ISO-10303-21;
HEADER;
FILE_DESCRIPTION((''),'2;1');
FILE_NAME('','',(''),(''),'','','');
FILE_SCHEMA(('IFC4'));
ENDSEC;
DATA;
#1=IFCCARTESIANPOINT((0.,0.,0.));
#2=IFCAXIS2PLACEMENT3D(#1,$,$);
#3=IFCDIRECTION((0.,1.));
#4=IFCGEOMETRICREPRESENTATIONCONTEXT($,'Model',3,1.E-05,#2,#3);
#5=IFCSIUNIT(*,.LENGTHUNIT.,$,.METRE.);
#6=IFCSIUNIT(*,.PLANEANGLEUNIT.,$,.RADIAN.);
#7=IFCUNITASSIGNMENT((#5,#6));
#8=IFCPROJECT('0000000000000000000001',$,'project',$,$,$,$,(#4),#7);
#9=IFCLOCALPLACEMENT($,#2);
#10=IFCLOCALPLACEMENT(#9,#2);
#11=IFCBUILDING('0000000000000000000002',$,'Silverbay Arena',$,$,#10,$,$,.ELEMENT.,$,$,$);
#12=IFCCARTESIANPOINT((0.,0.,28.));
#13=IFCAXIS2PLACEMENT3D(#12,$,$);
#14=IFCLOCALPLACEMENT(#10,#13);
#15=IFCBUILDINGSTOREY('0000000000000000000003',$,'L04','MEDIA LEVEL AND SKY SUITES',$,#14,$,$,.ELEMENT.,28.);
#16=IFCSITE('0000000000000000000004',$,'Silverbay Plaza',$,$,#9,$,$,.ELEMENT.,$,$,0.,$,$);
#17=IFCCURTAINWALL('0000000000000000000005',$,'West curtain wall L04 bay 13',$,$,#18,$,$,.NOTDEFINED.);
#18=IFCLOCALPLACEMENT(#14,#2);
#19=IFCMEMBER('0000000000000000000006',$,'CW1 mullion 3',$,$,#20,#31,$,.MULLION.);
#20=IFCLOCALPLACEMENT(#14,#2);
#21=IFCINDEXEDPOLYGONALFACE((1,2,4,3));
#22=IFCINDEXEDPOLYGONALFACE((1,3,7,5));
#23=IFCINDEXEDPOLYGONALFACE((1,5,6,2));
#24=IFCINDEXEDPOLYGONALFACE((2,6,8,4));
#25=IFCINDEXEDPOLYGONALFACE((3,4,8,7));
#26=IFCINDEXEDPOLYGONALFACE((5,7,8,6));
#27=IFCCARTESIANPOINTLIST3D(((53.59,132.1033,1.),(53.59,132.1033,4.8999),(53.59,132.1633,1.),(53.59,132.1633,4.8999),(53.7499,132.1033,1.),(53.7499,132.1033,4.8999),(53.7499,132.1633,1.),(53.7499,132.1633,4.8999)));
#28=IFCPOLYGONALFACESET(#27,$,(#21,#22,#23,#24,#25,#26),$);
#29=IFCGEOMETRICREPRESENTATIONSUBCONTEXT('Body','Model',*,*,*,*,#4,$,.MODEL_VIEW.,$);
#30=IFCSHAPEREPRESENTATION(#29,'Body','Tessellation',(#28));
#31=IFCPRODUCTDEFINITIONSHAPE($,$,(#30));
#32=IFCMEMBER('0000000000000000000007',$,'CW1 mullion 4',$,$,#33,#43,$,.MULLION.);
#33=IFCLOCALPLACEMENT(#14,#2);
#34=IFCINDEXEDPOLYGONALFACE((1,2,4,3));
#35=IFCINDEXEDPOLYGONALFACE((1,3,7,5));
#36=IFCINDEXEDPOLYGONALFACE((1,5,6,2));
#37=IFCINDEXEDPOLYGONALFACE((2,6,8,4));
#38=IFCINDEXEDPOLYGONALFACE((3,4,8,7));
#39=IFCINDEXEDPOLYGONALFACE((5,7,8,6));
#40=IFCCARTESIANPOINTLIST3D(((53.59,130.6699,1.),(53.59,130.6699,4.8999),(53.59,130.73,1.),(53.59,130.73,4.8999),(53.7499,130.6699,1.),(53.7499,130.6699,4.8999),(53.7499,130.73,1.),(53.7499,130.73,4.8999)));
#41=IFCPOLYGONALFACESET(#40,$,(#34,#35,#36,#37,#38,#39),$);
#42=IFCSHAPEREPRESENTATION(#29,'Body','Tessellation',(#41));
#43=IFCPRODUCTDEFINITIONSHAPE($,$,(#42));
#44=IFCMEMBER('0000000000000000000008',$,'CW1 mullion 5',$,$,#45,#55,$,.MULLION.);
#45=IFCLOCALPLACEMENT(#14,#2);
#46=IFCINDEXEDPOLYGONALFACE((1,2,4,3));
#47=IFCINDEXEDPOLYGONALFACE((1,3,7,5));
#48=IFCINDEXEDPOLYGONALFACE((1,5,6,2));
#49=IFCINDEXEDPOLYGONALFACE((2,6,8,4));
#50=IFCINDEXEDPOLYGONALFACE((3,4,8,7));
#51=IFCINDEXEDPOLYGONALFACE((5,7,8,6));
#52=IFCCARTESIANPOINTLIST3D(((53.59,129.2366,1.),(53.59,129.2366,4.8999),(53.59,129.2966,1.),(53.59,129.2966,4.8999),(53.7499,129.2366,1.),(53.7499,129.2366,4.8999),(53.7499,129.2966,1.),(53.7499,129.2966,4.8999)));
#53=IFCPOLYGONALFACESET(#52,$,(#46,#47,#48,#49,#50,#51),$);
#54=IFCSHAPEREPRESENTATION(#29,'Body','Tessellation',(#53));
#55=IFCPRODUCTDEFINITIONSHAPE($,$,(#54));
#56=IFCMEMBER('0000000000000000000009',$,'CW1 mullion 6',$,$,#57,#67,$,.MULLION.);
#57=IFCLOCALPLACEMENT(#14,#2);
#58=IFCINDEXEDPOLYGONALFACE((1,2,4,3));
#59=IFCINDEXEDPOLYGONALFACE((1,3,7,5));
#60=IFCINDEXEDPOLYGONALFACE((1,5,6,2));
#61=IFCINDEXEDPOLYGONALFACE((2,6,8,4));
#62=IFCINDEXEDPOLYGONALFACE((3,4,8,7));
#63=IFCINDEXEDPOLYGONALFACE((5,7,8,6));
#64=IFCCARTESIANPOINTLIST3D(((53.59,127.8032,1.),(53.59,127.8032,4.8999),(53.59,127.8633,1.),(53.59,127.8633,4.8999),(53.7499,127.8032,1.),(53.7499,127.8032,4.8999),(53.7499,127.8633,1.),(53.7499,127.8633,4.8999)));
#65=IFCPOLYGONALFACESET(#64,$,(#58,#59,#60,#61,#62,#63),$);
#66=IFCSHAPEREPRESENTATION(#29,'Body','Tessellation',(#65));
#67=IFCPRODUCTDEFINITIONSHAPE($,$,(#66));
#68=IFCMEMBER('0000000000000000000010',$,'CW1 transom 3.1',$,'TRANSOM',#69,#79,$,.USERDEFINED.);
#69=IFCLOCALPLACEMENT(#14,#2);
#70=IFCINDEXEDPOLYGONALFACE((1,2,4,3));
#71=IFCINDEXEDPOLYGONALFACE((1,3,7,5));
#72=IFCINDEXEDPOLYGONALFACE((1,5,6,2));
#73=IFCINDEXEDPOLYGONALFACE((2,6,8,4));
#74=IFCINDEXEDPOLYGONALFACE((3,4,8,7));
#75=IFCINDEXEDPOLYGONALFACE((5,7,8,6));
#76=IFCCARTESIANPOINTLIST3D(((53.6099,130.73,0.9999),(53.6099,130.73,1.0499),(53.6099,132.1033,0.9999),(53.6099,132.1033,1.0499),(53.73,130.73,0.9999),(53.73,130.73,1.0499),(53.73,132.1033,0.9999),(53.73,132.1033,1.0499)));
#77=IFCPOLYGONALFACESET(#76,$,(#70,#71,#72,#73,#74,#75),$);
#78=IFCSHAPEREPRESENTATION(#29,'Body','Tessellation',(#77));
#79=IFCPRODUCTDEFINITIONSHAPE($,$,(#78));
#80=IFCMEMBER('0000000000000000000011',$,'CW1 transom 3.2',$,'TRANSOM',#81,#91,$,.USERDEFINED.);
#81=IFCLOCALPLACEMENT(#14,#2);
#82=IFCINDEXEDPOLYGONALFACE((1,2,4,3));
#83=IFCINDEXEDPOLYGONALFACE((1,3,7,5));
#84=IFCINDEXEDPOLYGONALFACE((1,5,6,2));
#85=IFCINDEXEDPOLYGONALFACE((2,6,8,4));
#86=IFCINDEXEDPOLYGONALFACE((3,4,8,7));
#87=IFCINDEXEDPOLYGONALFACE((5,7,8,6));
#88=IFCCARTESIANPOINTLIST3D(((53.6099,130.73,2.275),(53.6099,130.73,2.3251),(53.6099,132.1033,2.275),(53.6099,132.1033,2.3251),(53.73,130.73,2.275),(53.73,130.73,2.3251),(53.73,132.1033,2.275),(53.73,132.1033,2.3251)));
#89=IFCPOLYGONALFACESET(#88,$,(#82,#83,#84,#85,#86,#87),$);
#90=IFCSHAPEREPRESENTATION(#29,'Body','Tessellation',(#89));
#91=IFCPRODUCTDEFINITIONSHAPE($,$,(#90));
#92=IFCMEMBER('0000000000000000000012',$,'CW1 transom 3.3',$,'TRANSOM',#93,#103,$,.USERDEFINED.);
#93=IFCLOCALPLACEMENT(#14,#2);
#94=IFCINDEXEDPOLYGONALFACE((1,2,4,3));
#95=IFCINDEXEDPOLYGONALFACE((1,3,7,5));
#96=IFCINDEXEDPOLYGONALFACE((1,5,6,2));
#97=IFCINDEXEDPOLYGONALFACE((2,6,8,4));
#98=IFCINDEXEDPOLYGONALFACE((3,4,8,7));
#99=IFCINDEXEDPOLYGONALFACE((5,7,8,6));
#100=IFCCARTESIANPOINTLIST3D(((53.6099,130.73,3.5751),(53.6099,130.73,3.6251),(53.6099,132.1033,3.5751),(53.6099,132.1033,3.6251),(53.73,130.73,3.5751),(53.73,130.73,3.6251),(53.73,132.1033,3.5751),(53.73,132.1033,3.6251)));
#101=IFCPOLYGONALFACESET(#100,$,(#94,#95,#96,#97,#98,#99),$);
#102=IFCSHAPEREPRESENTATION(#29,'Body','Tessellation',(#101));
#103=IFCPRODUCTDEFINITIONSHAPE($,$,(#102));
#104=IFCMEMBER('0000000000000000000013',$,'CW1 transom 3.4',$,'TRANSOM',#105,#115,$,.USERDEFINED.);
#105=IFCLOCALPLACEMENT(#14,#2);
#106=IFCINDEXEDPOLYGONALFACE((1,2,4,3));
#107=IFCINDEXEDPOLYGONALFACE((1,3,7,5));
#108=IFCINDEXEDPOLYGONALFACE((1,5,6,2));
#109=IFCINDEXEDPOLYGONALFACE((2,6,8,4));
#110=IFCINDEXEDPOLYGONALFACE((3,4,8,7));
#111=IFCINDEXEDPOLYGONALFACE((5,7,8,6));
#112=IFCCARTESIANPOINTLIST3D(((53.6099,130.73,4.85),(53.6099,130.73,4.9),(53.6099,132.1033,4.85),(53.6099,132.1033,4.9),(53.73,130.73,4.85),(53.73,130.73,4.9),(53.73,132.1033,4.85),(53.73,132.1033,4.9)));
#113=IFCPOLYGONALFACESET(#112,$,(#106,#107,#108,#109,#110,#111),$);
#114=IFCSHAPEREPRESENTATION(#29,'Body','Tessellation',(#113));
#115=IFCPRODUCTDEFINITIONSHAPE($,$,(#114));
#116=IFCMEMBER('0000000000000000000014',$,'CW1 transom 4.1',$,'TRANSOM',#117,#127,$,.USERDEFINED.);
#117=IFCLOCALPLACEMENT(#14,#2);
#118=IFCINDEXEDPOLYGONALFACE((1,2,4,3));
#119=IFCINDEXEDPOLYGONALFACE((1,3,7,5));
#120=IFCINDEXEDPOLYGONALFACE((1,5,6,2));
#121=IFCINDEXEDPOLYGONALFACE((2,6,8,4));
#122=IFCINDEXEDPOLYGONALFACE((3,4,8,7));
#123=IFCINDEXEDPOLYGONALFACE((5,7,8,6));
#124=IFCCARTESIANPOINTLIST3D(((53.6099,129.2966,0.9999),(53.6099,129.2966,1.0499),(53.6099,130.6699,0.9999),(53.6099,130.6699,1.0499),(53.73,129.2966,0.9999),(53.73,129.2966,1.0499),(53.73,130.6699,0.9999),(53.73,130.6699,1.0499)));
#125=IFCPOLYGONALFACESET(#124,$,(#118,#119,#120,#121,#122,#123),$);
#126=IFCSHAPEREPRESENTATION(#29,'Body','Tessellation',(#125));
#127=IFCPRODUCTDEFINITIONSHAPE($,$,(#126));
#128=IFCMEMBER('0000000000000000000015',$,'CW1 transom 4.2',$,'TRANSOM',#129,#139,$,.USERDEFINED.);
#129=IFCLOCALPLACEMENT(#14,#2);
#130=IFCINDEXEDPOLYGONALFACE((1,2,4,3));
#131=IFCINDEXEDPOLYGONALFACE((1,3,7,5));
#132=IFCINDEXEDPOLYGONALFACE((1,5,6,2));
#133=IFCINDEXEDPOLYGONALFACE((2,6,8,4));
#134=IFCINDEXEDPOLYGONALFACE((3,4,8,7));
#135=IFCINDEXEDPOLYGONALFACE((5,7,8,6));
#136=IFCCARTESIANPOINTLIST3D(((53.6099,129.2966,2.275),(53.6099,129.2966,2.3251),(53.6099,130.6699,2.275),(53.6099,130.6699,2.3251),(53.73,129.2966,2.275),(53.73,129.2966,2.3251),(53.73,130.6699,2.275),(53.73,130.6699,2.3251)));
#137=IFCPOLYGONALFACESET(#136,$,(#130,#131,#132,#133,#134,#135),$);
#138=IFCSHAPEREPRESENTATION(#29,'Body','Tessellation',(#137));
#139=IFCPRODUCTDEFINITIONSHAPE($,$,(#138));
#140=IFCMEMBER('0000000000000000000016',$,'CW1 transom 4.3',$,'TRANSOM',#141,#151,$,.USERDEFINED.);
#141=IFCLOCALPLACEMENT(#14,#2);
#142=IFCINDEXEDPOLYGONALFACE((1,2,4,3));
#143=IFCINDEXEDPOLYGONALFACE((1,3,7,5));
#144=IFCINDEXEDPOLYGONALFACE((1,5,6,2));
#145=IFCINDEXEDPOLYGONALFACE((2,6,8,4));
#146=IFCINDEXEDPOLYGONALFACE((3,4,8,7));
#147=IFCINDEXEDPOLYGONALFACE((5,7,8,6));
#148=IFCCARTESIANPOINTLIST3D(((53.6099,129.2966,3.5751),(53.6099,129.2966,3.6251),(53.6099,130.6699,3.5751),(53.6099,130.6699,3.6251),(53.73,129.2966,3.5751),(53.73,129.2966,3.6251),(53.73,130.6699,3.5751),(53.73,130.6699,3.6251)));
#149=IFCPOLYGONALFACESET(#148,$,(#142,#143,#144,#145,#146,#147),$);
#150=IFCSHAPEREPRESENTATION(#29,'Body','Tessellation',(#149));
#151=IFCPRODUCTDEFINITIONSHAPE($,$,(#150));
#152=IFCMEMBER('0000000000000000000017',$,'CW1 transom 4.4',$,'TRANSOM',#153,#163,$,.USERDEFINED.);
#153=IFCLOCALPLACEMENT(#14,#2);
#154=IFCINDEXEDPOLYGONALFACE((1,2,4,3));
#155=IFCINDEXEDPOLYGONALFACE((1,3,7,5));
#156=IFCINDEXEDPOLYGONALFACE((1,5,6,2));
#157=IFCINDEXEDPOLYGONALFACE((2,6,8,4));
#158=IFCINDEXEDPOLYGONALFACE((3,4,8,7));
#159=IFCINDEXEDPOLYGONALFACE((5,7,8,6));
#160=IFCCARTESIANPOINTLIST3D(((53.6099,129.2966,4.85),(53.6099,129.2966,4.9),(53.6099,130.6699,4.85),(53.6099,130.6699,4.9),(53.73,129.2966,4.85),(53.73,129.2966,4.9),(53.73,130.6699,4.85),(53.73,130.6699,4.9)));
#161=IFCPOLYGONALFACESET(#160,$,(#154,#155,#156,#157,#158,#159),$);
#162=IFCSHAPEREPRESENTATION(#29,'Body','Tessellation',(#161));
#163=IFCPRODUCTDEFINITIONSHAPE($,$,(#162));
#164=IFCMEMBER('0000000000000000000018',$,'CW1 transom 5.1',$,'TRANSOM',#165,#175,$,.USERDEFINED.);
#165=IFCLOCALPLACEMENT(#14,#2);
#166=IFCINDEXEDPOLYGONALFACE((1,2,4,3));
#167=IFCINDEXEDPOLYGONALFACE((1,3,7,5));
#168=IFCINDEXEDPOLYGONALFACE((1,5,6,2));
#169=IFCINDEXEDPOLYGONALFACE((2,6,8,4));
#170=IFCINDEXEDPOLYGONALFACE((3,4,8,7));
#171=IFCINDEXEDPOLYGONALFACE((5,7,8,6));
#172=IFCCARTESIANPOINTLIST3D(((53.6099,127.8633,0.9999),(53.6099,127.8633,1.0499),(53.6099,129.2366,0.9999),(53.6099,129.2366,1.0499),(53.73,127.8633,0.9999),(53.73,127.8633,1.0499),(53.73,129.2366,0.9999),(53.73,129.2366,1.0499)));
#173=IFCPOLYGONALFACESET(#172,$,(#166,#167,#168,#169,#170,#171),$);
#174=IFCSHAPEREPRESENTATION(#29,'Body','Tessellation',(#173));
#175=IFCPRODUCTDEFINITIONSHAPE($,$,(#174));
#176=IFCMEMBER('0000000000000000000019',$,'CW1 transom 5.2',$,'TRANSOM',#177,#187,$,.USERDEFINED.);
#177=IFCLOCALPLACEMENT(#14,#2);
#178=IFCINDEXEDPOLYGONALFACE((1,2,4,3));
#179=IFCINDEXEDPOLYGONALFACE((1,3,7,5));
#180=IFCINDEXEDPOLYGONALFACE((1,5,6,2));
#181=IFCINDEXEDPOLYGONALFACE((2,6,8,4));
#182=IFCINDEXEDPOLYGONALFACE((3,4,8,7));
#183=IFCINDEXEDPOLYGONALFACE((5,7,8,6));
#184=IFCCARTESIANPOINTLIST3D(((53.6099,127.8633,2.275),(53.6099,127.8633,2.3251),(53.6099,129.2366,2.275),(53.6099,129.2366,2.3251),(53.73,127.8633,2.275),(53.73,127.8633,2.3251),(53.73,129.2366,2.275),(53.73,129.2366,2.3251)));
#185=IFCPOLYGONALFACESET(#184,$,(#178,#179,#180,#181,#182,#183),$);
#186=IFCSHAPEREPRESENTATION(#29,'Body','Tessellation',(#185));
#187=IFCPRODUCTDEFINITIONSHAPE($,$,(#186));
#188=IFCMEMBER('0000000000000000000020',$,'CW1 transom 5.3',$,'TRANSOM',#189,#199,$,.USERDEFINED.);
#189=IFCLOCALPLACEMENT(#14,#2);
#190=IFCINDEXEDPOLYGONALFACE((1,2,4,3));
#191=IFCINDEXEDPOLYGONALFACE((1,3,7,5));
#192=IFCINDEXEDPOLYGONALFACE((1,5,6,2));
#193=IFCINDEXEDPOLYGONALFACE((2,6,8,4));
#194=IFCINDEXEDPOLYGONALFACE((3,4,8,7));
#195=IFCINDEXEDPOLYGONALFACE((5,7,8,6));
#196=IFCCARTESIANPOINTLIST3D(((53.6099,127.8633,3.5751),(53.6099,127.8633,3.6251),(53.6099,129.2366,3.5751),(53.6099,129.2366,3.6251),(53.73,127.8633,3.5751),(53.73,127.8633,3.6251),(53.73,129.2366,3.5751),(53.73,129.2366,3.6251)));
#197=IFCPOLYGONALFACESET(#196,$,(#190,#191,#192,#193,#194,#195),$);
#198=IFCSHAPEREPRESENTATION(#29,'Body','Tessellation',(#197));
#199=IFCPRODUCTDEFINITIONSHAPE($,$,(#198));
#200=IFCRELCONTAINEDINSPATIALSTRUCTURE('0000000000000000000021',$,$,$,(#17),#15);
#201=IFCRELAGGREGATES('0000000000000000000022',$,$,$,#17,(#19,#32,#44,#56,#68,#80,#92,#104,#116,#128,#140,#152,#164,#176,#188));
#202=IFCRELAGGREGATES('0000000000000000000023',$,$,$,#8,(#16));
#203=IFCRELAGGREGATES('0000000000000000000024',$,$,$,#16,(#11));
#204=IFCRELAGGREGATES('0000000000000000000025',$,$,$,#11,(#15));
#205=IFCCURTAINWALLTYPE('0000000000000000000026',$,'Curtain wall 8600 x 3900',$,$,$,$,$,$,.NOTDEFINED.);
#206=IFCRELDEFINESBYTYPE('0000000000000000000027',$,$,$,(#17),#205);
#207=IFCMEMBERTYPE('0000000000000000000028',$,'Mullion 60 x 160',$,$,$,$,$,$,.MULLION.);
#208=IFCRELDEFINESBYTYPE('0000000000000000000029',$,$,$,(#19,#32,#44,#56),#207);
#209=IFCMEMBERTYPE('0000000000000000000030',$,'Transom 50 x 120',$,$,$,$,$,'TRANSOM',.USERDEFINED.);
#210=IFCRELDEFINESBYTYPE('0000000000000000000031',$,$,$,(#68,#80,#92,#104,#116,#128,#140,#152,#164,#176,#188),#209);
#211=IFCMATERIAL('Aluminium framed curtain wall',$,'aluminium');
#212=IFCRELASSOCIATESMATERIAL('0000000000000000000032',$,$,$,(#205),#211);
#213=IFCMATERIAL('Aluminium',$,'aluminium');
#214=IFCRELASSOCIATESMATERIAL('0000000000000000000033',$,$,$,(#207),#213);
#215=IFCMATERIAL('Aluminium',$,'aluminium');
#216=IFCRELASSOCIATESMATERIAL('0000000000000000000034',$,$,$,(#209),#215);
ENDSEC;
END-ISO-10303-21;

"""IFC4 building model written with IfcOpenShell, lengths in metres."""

from ifc_helpers import new_model, si_unit, direction, frame, origin, origin_2d, place, context, subcontext, project, spatial, rectangle, extrude, material, material_profile, profile_set, type_object, element, aggregate, save


model = new_model("IFC4")

# Units and contexts
model_context = context("Model", 3, precision=1e-05, world=origin(), true_north=direction((0.0, 1.0)))
body_context = subcontext(model_context, "Body", "Model", "MODEL_VIEW")
ifc_project = project(units=[si_unit("LENGTHUNIT", "METRE"), si_unit("PLANEANGLEUNIT", "RADIAN")], contexts=[model_context])

# Site, building, storey
site_placement = place(None, origin())
site = spatial("IfcSite", under=ifc_project, at=site_placement, Name="Silverbay Plaza", CompositionType="ELEMENT", RefElevation=0.0)
building_placement = place(site_placement, origin())
building = spatial("IfcBuilding", under=site, at=building_placement, Name="Silverbay Arena", CompositionType="ELEMENT")
storey_placement = place(building_placement, frame((0.0, 0.0, 28.0)))
storey = spatial("IfcBuildingStorey", under=building, at=storey_placement, Name="L04", Description="MEDIA LEVEL AND SKY SUITES", CompositionType="ELEMENT", Elevation=28.0)

# Curtain wall, members
ifc_material_1 = material(Name="Aluminium framed curtain wall", Category="aluminium")
curtain_wall_type = type_object("IfcCurtainWallType", Name="Curtain wall 8600 x 3900", PredefinedType="NOTDEFINED", material=ifc_material_1)
curtain_wall_placement = place(storey_placement, origin())
curtain_wall = element("IfcCurtainWall", 1, at=curtain_wall_placement, inside=storey, type_object=curtain_wall_type, Name="West curtain wall L04 bay 13", PredefinedType="NOTDEFINED")
ifc_material_2 = material(Name="Aluminium", Category="aluminium")
ifc_material_profile_1 = material_profile(ifc_material_2, rectangle(XDim=0.1599, YDim=0.0601, at=origin_2d()), Name="Mullion 60 x 160")
ifc_profile_set_1 = profile_set([ifc_material_profile_1], Name="Aluminium")
member_type_1 = type_object("IfcMemberType", Name="Mullion 60 x 160", PredefinedType="MULLION", material=ifc_profile_set_1)
member_1_placement = place(storey_placement, frame((53.6699, 132.1333, 1.0), z_axis=(0.0, 0.0, 1.0), x_axis=(1.0, 0.0, 0.0)))
member_1 = element("IfcMember", 2, at=member_1_placement, type_object=member_type_1, Name="CW1 mullion 3", PredefinedType="MULLION", context=body_context, shape_type="SweptSolid", body=[
    extrude(rectangle(XDim=0.1599, YDim=0.0601, at=origin_2d()), origin(), (0.0, 0.0, 1.0), 3.8999),
])
member_2_placement = place(storey_placement, frame((53.6699, 130.7, 1.0), z_axis=(0.0, 0.0, 1.0), x_axis=(1.0, 0.0, 0.0)))
member_2 = element("IfcMember", 3, at=member_2_placement, type_object=member_type_1, Name="CW1 mullion 4", PredefinedType="MULLION", context=body_context, shape_type="SweptSolid", body=[
    extrude(rectangle(XDim=0.1599, YDim=0.0601, at=origin_2d()), origin(), (0.0, 0.0, 1.0), 3.8999),
])
member_3_placement = place(storey_placement, frame((53.6699, 129.2666, 1.0), z_axis=(0.0, 0.0, 1.0), x_axis=(1.0, 0.0, 0.0)))
member_3 = element("IfcMember", 4, at=member_3_placement, type_object=member_type_1, Name="CW1 mullion 5", PredefinedType="MULLION", context=body_context, shape_type="SweptSolid", body=[
    extrude(rectangle(XDim=0.1599, YDim=0.0601, at=origin_2d()), origin(), (0.0, 0.0, 1.0), 3.8999),
])
member_4_placement = place(storey_placement, frame((53.6699, 127.8333, 1.0), z_axis=(0.0, 0.0, 1.0), x_axis=(1.0, 0.0, 0.0)))
member_4 = element("IfcMember", 5, at=member_4_placement, type_object=member_type_1, Name="CW1 mullion 6", PredefinedType="MULLION", context=body_context, shape_type="SweptSolid", body=[
    extrude(rectangle(XDim=0.1599, YDim=0.0601, at=origin_2d()), origin(), (0.0, 0.0, 1.0), 3.8999),
])
ifc_material_3 = material(Name="Aluminium", Category="aluminium")
ifc_material_profile_2 = material_profile(ifc_material_3, rectangle(XDim=0.1201, YDim=0.05, at=origin_2d()), Name="Transom 50 x 120")
ifc_profile_set_2 = profile_set([ifc_material_profile_2], Name="Aluminium")
member_type_2 = type_object("IfcMemberType", Name="Transom 50 x 120", ElementType="TRANSOM", PredefinedType="USERDEFINED", material=ifc_profile_set_2)
member_5_placement = place(storey_placement, frame((53.6699, 132.1033, 1.0249), z_axis=(0.0, -1.0, 0.0), x_axis=(1.0, 0.0, 0.0)))
member_5 = element("IfcMember", 6, at=member_5_placement, type_object=member_type_2, Name="CW1 transom 3.1", ObjectType="TRANSOM", PredefinedType="USERDEFINED", context=body_context, shape_type="SweptSolid", body=[
    extrude(rectangle(XDim=0.1201, YDim=0.05, at=origin_2d()), origin(), (0.0, 0.0, 1.0), 1.3733),
])
member_6_placement = place(storey_placement, frame((53.6699, 132.1033, 2.3), z_axis=(0.0, -1.0, 0.0), x_axis=(1.0, 0.0, 0.0)))
member_6 = element("IfcMember", 7, at=member_6_placement, type_object=member_type_2, Name="CW1 transom 3.2", ObjectType="TRANSOM", PredefinedType="USERDEFINED", context=body_context, shape_type="SweptSolid", body=[
    extrude(rectangle(XDim=0.1201, YDim=0.05, at=origin_2d()), origin(), (0.0, 0.0, 1.0), 1.3733),
])
member_7_placement = place(storey_placement, frame((53.6699, 132.1033, 3.6001), z_axis=(0.0, -1.0, 0.0), x_axis=(1.0, 0.0, 0.0)))
member_7 = element("IfcMember", 8, at=member_7_placement, type_object=member_type_2, Name="CW1 transom 3.3", ObjectType="TRANSOM", PredefinedType="USERDEFINED", context=body_context, shape_type="SweptSolid", body=[
    extrude(rectangle(XDim=0.1201, YDim=0.05, at=origin_2d()), origin(), (0.0, 0.0, 1.0), 1.3733),
])
member_8_placement = place(storey_placement, frame((53.6699, 132.1033, 4.875), z_axis=(0.0, -1.0, 0.0), x_axis=(1.0, 0.0, 0.0)))
member_8 = element("IfcMember", 9, at=member_8_placement, type_object=member_type_2, Name="CW1 transom 3.4", ObjectType="TRANSOM", PredefinedType="USERDEFINED", context=body_context, shape_type="SweptSolid", body=[
    extrude(rectangle(XDim=0.1201, YDim=0.05, at=origin_2d()), origin(), (0.0, 0.0, 1.0), 1.3733),
])
member_9_placement = place(storey_placement, frame((53.6699, 130.6699, 1.0249), z_axis=(0.0, -1.0, 0.0), x_axis=(1.0, 0.0, 0.0)))
member_9 = element("IfcMember", 10, at=member_9_placement, type_object=member_type_2, Name="CW1 transom 4.1", ObjectType="TRANSOM", PredefinedType="USERDEFINED", context=body_context, shape_type="SweptSolid", body=[
    extrude(rectangle(XDim=0.1201, YDim=0.05, at=origin_2d()), origin(), (0.0, 0.0, 1.0), 1.3733),
])
member_10_placement = place(storey_placement, frame((53.6699, 130.6699, 2.3), z_axis=(0.0, -1.0, 0.0), x_axis=(1.0, 0.0, 0.0)))
member_10 = element("IfcMember", 11, at=member_10_placement, type_object=member_type_2, Name="CW1 transom 4.2", ObjectType="TRANSOM", PredefinedType="USERDEFINED", context=body_context, shape_type="SweptSolid", body=[
    extrude(rectangle(XDim=0.1201, YDim=0.05, at=origin_2d()), origin(), (0.0, 0.0, 1.0), 1.3733),
])
member_11_placement = place(storey_placement, frame((53.6699, 130.6699, 3.6001), z_axis=(0.0, -1.0, 0.0), x_axis=(1.0, 0.0, 0.0)))
member_11 = element("IfcMember", 12, at=member_11_placement, type_object=member_type_2, Name="CW1 transom 4.3", ObjectType="TRANSOM", PredefinedType="USERDEFINED", context=body_context, shape_type="SweptSolid", body=[
    extrude(rectangle(XDim=0.1201, YDim=0.05, at=origin_2d()), origin(), (0.0, 0.0, 1.0), 1.3733),
])
member_12_placement = place(storey_placement, frame((53.6699, 130.6699, 4.875), z_axis=(0.0, -1.0, 0.0), x_axis=(1.0, 0.0, 0.0)))
member_12 = element("IfcMember", 13, at=member_12_placement, type_object=member_type_2, Name="CW1 transom 4.4", ObjectType="TRANSOM", PredefinedType="USERDEFINED", context=body_context, shape_type="SweptSolid", body=[
    extrude(rectangle(XDim=0.1201, YDim=0.05, at=origin_2d()), origin(), (0.0, 0.0, 1.0), 1.3733),
])
member_13_placement = place(storey_placement, frame((53.6699, 129.2366, 1.0249), z_axis=(0.0, -1.0, 0.0), x_axis=(1.0, 0.0, 0.0)))
member_13 = element("IfcMember", 14, at=member_13_placement, type_object=member_type_2, Name="CW1 transom 5.1", ObjectType="TRANSOM", PredefinedType="USERDEFINED", context=body_context, shape_type="SweptSolid", body=[
    extrude(rectangle(XDim=0.1201, YDim=0.05, at=origin_2d()), origin(), (0.0, 0.0, 1.0), 1.3733),
])
member_14_placement = place(storey_placement, frame((53.6699, 129.2366, 2.3), z_axis=(0.0, -1.0, 0.0), x_axis=(1.0, 0.0, 0.0)))
member_14 = element("IfcMember", 15, at=member_14_placement, type_object=member_type_2, Name="CW1 transom 5.2", ObjectType="TRANSOM", PredefinedType="USERDEFINED", context=body_context, shape_type="SweptSolid", body=[
    extrude(rectangle(XDim=0.1201, YDim=0.05, at=origin_2d()), origin(), (0.0, 0.0, 1.0), 1.3733),
])
member_15_placement = place(storey_placement, frame((53.6699, 129.2366, 3.6001), z_axis=(0.0, -1.0, 0.0), x_axis=(1.0, 0.0, 0.0)))
member_15 = element("IfcMember", 16, at=member_15_placement, type_object=member_type_2, Name="CW1 transom 5.3", ObjectType="TRANSOM", PredefinedType="USERDEFINED", context=body_context, shape_type="SweptSolid", body=[
    extrude(rectangle(XDim=0.1201, YDim=0.05, at=origin_2d()), origin(), (0.0, 0.0, 1.0), 1.3733),
])
aggregate(curtain_wall, [member_1, member_2, member_3, member_4, member_5, member_6, member_7, member_8, member_9, member_10, member_11, member_12, member_13, member_14, member_15])

save(model, "model.ifc")
